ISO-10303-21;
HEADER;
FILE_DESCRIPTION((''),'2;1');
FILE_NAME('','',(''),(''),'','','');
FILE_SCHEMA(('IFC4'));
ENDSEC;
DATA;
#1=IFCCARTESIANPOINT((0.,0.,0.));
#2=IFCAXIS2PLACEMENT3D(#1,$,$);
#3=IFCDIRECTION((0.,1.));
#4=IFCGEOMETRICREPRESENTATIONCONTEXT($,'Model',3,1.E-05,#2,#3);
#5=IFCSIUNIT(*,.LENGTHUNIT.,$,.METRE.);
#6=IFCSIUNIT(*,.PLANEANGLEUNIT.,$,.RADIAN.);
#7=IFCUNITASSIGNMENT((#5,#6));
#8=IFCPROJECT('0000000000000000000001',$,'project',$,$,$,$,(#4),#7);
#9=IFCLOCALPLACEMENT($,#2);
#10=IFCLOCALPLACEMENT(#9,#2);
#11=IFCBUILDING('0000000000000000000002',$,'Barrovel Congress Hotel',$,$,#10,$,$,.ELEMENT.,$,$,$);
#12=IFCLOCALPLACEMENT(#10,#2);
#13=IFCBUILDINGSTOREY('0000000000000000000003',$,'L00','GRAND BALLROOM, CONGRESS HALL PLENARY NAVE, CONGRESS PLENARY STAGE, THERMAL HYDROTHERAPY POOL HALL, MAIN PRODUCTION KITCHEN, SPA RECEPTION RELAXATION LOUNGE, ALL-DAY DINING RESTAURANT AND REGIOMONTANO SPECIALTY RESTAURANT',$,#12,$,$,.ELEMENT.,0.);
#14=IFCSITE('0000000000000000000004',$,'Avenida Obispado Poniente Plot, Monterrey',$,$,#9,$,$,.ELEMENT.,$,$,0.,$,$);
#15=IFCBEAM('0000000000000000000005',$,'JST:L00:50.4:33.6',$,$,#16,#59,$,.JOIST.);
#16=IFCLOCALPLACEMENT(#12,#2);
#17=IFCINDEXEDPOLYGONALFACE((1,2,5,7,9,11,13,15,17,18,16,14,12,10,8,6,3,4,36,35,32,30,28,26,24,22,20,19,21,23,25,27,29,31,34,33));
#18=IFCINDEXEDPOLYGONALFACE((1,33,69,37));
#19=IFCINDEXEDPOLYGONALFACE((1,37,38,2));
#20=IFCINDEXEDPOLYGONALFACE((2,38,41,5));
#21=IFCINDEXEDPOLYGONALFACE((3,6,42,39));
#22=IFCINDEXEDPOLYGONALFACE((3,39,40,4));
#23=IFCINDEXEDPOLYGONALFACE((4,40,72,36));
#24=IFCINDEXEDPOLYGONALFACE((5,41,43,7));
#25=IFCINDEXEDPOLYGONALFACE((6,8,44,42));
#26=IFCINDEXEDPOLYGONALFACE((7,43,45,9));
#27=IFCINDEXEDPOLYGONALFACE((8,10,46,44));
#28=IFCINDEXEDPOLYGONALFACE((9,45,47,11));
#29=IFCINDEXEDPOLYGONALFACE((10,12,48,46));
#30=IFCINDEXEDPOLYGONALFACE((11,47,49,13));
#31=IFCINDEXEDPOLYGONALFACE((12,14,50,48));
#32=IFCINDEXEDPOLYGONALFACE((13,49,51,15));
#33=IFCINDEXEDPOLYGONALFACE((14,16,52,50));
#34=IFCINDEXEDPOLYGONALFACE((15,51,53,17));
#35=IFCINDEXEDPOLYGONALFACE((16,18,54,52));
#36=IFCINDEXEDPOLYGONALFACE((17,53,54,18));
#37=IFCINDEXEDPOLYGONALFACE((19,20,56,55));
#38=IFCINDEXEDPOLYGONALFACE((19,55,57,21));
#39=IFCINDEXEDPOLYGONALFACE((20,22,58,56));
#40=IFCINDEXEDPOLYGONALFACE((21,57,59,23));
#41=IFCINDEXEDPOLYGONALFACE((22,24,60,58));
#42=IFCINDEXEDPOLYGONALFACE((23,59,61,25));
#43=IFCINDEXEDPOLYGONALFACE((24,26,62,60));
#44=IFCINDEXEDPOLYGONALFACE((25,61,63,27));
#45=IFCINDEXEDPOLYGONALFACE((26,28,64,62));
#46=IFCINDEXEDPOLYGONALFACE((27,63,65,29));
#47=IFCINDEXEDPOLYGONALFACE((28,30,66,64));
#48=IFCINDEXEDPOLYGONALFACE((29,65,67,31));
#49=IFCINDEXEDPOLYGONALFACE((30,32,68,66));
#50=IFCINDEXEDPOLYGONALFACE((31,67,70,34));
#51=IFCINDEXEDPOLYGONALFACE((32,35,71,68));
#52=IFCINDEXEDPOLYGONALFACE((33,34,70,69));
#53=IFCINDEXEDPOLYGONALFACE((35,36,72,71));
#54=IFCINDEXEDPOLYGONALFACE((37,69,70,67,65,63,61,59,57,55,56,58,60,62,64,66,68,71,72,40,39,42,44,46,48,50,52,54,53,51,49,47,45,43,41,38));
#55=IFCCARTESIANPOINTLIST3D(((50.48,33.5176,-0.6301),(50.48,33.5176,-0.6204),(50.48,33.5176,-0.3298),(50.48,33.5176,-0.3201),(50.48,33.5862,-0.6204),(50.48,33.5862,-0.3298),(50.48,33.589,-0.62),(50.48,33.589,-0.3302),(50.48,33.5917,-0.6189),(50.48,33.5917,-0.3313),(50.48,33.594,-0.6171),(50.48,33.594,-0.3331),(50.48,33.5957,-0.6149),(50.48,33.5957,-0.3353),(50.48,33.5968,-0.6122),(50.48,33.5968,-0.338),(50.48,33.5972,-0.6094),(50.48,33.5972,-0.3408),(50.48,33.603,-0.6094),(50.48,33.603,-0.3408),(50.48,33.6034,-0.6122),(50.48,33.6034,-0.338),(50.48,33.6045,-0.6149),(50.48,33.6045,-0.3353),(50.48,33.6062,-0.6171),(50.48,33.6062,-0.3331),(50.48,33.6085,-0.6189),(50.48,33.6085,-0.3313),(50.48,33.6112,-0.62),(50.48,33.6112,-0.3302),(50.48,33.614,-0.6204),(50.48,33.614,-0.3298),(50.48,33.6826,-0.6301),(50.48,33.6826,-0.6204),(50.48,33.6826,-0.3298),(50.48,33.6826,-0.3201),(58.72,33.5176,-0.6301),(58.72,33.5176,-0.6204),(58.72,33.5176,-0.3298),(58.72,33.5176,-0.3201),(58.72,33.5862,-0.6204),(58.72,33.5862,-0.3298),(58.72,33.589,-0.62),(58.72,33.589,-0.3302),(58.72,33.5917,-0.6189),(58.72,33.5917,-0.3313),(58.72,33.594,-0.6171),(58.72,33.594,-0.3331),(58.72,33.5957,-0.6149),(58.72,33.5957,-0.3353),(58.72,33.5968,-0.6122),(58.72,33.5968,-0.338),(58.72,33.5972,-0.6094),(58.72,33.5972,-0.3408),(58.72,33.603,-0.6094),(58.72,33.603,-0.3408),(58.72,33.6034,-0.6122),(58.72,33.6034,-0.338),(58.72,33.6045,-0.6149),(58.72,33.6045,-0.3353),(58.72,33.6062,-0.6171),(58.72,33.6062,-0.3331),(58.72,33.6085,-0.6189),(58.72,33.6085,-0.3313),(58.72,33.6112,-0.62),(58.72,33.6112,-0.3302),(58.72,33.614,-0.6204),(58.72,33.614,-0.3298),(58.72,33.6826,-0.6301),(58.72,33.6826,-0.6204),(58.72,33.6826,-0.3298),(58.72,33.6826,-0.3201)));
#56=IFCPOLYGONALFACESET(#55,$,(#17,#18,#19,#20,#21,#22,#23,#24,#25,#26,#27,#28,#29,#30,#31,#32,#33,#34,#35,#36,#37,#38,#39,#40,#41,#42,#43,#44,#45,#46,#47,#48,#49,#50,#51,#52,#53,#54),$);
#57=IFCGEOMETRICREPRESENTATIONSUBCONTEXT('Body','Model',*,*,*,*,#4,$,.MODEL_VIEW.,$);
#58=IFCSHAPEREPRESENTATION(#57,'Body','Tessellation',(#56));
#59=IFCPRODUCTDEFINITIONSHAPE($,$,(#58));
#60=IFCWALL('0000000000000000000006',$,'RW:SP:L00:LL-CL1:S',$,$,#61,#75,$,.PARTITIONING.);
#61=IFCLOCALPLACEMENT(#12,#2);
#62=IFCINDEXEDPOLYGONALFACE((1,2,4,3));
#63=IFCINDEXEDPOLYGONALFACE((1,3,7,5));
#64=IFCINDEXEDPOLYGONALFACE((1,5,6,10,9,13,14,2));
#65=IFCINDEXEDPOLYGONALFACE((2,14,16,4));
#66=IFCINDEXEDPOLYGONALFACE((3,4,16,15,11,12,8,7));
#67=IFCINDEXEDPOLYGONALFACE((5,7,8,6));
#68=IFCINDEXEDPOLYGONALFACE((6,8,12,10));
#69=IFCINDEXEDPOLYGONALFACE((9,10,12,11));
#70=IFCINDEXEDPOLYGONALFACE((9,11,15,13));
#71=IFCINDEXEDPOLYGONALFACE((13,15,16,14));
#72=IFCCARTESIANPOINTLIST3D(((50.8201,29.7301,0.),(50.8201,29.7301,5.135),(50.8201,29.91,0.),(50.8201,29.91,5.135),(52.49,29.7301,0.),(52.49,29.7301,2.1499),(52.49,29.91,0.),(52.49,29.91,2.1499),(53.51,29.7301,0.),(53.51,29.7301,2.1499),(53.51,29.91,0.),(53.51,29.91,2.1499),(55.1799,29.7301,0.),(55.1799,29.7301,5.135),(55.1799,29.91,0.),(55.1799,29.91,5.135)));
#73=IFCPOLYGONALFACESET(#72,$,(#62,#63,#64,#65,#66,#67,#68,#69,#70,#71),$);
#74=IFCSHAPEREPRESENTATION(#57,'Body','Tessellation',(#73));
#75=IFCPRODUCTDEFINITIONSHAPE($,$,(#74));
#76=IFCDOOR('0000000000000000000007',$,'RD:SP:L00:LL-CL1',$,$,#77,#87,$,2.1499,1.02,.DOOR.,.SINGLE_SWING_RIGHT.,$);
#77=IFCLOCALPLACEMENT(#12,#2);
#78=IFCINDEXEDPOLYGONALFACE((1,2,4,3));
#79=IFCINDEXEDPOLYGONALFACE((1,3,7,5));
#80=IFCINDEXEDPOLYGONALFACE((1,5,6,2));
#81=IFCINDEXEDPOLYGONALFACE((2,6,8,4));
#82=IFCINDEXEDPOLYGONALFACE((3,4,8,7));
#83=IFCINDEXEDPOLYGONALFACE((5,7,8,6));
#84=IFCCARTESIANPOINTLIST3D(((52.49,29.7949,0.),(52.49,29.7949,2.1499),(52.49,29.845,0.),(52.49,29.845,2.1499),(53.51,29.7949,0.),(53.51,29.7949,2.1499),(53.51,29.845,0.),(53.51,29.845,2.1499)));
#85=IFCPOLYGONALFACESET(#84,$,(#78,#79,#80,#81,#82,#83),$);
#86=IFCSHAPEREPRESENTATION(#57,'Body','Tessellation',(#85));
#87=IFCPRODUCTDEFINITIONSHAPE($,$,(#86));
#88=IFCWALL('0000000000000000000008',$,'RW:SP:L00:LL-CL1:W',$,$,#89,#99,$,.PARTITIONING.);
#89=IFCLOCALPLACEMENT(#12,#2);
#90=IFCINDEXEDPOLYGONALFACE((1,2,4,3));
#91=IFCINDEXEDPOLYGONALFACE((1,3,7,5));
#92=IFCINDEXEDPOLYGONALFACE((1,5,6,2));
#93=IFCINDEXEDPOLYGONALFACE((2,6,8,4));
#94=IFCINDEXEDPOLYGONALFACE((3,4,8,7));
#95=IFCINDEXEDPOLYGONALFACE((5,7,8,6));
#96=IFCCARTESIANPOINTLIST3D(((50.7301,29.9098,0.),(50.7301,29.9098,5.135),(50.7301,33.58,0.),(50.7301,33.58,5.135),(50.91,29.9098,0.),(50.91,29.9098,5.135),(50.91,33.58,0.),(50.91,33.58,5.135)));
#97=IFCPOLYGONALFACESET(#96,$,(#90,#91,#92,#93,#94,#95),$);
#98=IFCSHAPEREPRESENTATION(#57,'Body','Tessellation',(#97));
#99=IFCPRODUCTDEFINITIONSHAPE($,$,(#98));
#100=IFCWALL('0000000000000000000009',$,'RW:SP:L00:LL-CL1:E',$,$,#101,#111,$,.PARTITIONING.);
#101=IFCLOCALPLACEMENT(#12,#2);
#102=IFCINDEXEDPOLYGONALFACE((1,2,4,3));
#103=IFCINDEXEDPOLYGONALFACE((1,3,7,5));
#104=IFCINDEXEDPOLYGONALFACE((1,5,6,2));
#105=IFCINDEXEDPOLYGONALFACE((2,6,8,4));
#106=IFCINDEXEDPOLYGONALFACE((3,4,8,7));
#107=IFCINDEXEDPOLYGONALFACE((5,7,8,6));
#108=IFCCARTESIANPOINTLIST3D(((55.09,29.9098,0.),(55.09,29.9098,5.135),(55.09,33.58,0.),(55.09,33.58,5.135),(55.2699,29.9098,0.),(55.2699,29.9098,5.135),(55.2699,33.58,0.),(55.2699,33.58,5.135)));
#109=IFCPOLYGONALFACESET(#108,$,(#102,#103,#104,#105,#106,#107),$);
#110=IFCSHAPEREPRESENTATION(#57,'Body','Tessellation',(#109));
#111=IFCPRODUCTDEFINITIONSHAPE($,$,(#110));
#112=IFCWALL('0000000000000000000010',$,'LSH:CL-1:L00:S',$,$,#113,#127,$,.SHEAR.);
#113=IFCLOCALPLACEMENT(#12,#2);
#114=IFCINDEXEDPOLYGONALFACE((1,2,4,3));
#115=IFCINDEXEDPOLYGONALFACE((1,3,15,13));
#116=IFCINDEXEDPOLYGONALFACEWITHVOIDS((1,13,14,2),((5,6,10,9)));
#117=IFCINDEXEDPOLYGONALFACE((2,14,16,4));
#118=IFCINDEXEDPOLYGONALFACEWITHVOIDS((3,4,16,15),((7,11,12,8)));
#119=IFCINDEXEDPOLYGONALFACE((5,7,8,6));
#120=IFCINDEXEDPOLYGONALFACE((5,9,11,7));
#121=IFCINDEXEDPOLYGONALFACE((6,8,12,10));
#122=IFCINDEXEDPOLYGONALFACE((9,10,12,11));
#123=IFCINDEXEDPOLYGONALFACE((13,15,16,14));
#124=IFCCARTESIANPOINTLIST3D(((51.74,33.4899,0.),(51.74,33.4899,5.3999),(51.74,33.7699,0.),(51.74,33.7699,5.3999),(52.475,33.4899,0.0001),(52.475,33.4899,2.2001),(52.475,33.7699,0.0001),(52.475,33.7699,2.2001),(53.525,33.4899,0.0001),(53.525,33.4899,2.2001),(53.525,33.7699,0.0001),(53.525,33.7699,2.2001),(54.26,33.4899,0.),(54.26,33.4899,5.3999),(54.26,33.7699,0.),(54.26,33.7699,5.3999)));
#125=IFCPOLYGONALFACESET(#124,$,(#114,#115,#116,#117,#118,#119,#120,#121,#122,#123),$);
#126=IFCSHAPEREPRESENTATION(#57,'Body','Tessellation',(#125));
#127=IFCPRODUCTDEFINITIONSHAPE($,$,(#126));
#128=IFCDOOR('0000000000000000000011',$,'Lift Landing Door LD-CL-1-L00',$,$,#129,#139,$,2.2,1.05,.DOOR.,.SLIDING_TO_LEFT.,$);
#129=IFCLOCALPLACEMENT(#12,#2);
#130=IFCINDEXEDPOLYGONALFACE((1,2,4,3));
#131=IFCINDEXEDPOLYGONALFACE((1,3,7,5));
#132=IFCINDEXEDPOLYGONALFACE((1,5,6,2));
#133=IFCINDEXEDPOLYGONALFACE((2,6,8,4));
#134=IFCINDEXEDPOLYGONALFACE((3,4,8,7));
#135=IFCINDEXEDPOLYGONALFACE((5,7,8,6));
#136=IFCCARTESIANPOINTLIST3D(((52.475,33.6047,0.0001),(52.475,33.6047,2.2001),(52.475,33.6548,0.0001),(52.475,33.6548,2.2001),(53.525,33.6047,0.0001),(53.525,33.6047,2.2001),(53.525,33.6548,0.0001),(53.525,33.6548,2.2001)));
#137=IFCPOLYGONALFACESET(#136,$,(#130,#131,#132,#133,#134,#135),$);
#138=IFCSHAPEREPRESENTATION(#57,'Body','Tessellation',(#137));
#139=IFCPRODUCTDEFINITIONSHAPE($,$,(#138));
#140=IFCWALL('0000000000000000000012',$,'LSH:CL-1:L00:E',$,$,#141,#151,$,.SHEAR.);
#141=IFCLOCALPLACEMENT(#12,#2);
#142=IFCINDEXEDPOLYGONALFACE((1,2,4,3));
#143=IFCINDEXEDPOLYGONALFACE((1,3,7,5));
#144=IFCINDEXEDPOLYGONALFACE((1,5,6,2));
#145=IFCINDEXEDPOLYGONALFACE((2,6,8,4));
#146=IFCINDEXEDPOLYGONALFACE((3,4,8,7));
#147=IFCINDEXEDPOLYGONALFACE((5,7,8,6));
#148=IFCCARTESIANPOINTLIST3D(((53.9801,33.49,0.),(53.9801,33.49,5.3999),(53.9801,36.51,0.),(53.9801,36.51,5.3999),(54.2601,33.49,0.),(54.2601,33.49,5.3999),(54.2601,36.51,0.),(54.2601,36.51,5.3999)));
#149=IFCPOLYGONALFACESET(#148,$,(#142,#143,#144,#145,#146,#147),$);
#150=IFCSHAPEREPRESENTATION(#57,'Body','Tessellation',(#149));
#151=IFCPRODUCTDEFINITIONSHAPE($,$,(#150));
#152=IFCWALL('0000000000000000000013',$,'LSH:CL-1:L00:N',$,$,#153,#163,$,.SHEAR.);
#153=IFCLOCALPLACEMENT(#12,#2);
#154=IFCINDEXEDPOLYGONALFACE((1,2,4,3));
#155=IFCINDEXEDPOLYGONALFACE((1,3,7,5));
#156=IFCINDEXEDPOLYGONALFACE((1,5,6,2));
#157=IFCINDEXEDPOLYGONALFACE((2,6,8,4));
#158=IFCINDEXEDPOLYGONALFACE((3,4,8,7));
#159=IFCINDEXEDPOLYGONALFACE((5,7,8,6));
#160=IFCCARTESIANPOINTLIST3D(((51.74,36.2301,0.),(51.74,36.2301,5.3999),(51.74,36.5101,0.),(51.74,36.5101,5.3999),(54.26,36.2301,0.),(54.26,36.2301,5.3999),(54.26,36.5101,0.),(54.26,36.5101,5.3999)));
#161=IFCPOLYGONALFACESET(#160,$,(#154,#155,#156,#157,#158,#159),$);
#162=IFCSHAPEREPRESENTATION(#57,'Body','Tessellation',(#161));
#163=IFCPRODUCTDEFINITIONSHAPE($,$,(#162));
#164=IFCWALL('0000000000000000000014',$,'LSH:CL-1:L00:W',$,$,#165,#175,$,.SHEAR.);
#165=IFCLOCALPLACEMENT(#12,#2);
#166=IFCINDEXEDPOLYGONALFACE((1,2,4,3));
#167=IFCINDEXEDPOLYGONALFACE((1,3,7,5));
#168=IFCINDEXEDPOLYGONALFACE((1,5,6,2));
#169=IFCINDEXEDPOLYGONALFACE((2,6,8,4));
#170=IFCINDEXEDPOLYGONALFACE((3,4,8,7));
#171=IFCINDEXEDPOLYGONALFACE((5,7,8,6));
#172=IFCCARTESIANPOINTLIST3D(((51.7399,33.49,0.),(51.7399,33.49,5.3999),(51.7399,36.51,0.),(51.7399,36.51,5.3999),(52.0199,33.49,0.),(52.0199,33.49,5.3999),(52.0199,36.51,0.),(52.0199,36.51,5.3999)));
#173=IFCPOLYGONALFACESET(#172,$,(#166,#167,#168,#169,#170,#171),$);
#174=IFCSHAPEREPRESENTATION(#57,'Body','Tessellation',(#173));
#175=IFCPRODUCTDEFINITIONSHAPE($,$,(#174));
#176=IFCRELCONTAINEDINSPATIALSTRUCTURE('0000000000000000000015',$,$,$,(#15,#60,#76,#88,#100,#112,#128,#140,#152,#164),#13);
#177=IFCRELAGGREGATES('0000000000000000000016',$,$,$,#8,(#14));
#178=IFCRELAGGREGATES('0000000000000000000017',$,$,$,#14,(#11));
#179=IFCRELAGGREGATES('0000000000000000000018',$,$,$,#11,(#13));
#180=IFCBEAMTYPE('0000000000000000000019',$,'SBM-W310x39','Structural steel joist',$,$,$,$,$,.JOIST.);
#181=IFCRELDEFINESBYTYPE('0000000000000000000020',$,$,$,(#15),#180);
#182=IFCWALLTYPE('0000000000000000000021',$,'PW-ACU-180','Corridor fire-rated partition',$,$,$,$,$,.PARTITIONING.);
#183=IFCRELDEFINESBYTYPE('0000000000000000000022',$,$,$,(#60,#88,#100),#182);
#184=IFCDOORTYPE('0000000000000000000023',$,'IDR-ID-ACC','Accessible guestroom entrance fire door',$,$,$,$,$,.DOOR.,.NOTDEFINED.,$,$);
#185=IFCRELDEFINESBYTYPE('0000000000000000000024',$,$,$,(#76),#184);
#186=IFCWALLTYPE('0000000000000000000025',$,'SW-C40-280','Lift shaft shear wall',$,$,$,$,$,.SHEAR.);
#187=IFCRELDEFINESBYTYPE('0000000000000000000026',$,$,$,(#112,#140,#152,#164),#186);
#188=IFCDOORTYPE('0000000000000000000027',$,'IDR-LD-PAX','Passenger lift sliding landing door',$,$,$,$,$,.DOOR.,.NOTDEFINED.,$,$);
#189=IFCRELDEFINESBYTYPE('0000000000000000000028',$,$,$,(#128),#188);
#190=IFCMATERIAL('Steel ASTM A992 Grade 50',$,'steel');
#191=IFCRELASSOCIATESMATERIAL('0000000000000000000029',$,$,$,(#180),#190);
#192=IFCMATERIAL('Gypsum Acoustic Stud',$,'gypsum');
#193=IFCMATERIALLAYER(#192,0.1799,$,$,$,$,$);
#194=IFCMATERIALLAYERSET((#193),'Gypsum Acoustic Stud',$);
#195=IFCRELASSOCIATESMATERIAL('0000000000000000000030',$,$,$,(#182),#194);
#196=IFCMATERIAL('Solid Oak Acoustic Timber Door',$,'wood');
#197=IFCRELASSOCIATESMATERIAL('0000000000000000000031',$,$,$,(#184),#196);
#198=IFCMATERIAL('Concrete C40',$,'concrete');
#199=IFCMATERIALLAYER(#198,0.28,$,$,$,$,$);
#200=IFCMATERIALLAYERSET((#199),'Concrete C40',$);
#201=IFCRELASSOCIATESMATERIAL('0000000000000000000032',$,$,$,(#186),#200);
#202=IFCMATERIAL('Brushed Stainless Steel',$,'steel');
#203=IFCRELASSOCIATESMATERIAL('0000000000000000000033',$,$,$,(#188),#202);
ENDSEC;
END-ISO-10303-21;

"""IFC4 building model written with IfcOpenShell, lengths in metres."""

from ifc_helpers import new_model, si_unit, direction, frame, frame_2d, origin, origin_2d, place, context, subcontext, project, spatial, rectangle, i_section, extrude, material, layer, layer_set, material_profile, profile_set, type_object, element, fill, save


model = new_model("IFC4")

# Units and contexts
model_context = context("Model", 3, precision=1e-05, world=origin(), true_north=direction((0.0, 1.0)))
body_context = subcontext(model_context, "Body", "Model", "MODEL_VIEW")
ifc_project = project(units=[si_unit("LENGTHUNIT", "METRE"), si_unit("PLANEANGLEUNIT", "RADIAN")], contexts=[model_context])

# Site, building, storey
site_placement = place(None, origin())
site = spatial("IfcSite", under=ifc_project, at=site_placement, Name="Avenida Obispado Poniente Plot, Monterrey", CompositionType="ELEMENT", RefElevation=0.0)
building_placement = place(site_placement, origin())
building = spatial("IfcBuilding", under=site, at=building_placement, Name="Barrovel Congress Hotel", CompositionType="ELEMENT")
storey_placement = place(building_placement, origin())
storey = spatial("IfcBuildingStorey", under=building, at=storey_placement, Name="L00", Description="GRAND BALLROOM, CONGRESS HALL PLENARY NAVE, CONGRESS PLENARY STAGE, THERMAL HYDROTHERAPY POOL HALL, MAIN PRODUCTION KITCHEN, SPA RECEPTION RELAXATION LOUNGE, ALL-DAY DINING RESTAURANT AND REGIOMONTANO SPECIALTY RESTAURANT", CompositionType="ELEMENT", Elevation=0.0)

# Shared definitions
ifc_material_1 = material(Name="Concrete C40", Category="concrete")

# Beam
ifc_material_2 = material(Name="Steel ASTM A992 Grade 50", Category="steel")
ifc_material_profile_1 = material_profile(ifc_material_2, i_section(OverallWidth=0.165, OverallDepth=0.3101, WebThickness=0.0059, FlangeThickness=0.0098, FilletRadius=0.011, at=origin_2d()), Name="W310x39")
ifc_profile_set_1 = profile_set([ifc_material_profile_1], Name="Steel ASTM A992 Grade 50")
beam_type_1 = type_object("IfcBeamType", Name="SBM-W310x39", Description="Structural steel joist", PredefinedType="JOIST", material=ifc_profile_set_1)
beam_1_placement = place(storey_placement, frame((50.48, 33.6001, -0.4751), z_axis=(1.0, 0.0, 0.0), x_axis=(0.0, 1.0, 0.0)))
element("IfcBeam", 1, at=beam_1_placement, inside=storey, type_object=beam_type_1, Name="JST:L00:50.4:33.6", PredefinedType="JOIST", context=body_context, shape_type="SweptSolid", body=[
    extrude(i_section(OverallWidth=0.165, OverallDepth=0.3101, WebThickness=0.0059, FlangeThickness=0.0098, FilletRadius=0.011, at=origin_2d()), origin(), (0.0, 0.0, 1.0), 8.24),
])

# Wall, opening, door
ifc_material_3 = material(Name="Gypsum Acoustic Stud", Category="gypsum")
ifc_layer_1 = layer(ifc_material_3, 0.1799)
ifc_layer_set_1 = layer_set([ifc_layer_1], Name="Gypsum Acoustic Stud")
wall_type_1 = type_object("IfcWallType", Name="PW-ACU-180", Description="Corridor fire-rated partition", PredefinedType="PARTITIONING", material=ifc_layer_set_1)
wall_1_placement = place(storey_placement, frame((50.8201, 29.8201, 0.0), z_axis=(0.0, 0.0, 1.0), x_axis=(1.0, 0.0, 0.0)))
wall_1 = element("IfcWall", 2, at=wall_1_placement, inside=storey, type_object=wall_type_1, Name="RW:SP:L00:LL-CL1:S", PredefinedType="PARTITIONING", context=body_context, shape_type="SweptSolid", body=[
    extrude(rectangle(XDim=4.3599, YDim=0.1799, at=frame_2d((2.1799, 0.0))), origin(), (0.0, 0.0, 1.0), 5.135),
])
opening_1_placement = place(wall_1_placement, frame((1.6699, 0.0, 0.0)))
opening_1 = element("IfcOpeningElement", 3, at=opening_1_placement, cuts=wall_1, PredefinedType="OPENING", context=body_context, shape_type="SweptSolid", body=[
    extrude(rectangle(XDim=1.02, YDim=2.1499, at=frame_2d((0.51, 1.075))), frame((0.0, 0.1001, 0.0), z_axis=(0.0, -1.0, 0.0), x_axis=(1.0, 0.0, 0.0)), (0.0, 0.0, 1.0), 0.2),
])
ifc_material_4 = material(Name="Solid Oak Acoustic Timber Door", Category="wood")
door_type_1 = type_object("IfcDoorType", Name="IDR-ID-ACC", Description="Accessible guestroom entrance fire door", OperationType="NOTDEFINED", PredefinedType="DOOR", material=ifc_material_4)
door_1_placement = place(opening_1_placement, origin())
door_1 = element("IfcDoor", 4, at=door_1_placement, inside=storey, type_object=door_type_1, Name="RD:SP:L00:LL-CL1", OperationType="SINGLE_SWING_RIGHT", OverallHeight=2.1499, OverallWidth=1.02, PredefinedType="DOOR", context=body_context, shape_type="SweptSolid", body=[
    extrude(rectangle(XDim=1.02, YDim=2.1499, at=frame_2d((0.51, 1.075))), frame((0.0, 0.0249, 0.0), z_axis=(0.0, -1.0, 0.0), x_axis=(1.0, 0.0, 0.0)), (0.0, 0.0, 1.0), 0.05),
])
fill(opening_1, door_1)

# Walls
for number, where, z_axis, x_axis, name in (
    (5, (50.8201, 29.9099, 0.0), (0.0, 0.0, 1.0), (0.0, 1.0, 0.0), "RW:SP:L00:LL-CL1:W"),
    (6, (55.1799, 29.9099, 0.0), (0.0, 0.0, 1.0), (0.0, 1.0, 0.0), "RW:SP:L00:LL-CL1:E"),
):
    element("IfcWall", number, at=place(storey_placement, frame(where, z_axis=z_axis, x_axis=x_axis)), inside=storey, type_object=wall_type_1, Name=name, PredefinedType="PARTITIONING", context=body_context, shape_type="SweptSolid", body=[
        extrude(rectangle(XDim=3.6702, YDim=0.1799, at=frame_2d((1.835, 0.0))), origin(), (0.0, 0.0, 1.0), 5.135),
    ])

# Wall, opening, door
ifc_layer_2 = layer(ifc_material_1, 0.28)
ifc_layer_set_2 = layer_set([ifc_layer_2], Name="Concrete C40")
wall_type_2 = type_object("IfcWallType", Name="SW-C40-280", Description="Lift shaft shear wall", PredefinedType="SHEAR", material=ifc_layer_set_2)
wall_2_placement = place(storey_placement, frame((51.74, 33.6299, 0.0), z_axis=(0.0, 0.0, 1.0), x_axis=(1.0, 0.0, 0.0)))
wall_2 = element("IfcWall", 7, at=wall_2_placement, inside=storey, type_object=wall_type_2, Name="LSH:CL-1:L00:S", PredefinedType="SHEAR", context=body_context, shape_type="SweptSolid", body=[
    extrude(rectangle(XDim=2.52, YDim=0.28, at=frame_2d((1.26, 0.0))), origin(), (0.0, 0.0, 1.0), 5.3999),
])
opening_2_placement = place(wall_2_placement, frame((0.7351, 0.0, 0.0)))
opening_2 = element("IfcOpeningElement", 8, at=opening_2_placement, cuts=wall_2, PredefinedType="OPENING", context=body_context, shape_type="SweptSolid", body=[
    extrude(rectangle(XDim=1.05, YDim=2.2, at=frame_2d((0.5249, 1.1001))), frame((0.0, 0.1499, 0.0), z_axis=(0.0, -1.0, 0.0), x_axis=(1.0, 0.0, 0.0)), (0.0, 0.0, 1.0), 0.3),
])
ifc_material_5 = material(Name="Brushed Stainless Steel", Category="steel")
door_type_2 = type_object("IfcDoorType", Name="IDR-LD-PAX", Description="Passenger lift sliding landing door", OperationType="NOTDEFINED", PredefinedType="DOOR", material=ifc_material_5)
door_2_placement = place(opening_2_placement, origin())
door_2 = element("IfcDoor", 9, at=door_2_placement, inside=storey, type_object=door_type_2, Name="Lift Landing Door LD-CL-1-L00", OperationType="SLIDING_TO_LEFT", OverallHeight=2.2, OverallWidth=1.05, PredefinedType="DOOR", context=body_context, shape_type="SweptSolid", body=[
    extrude(rectangle(XDim=1.05, YDim=2.2, at=frame_2d((0.5249, 1.1001))), frame((0.0, 0.0249, 0.0), z_axis=(0.0, -1.0, 0.0), x_axis=(1.0, 0.0, 0.0)), (0.0, 0.0, 1.0), 0.05),
])
fill(opening_2, door_2)

# Walls
wall_3_placement = place(storey_placement, frame((54.1201, 33.49, 0.0), z_axis=(0.0, 0.0, 1.0), x_axis=(0.0, 1.0, 0.0)))
element("IfcWall", 10, at=wall_3_placement, inside=storey, type_object=wall_type_2, Name="LSH:CL-1:L00:E", PredefinedType="SHEAR", context=body_context, shape_type="SweptSolid", body=[
    extrude(rectangle(XDim=3.02, YDim=0.28, at=frame_2d((1.51, 0.0))), origin(), (0.0, 0.0, 1.0), 5.3999),
])
wall_4_placement = place(storey_placement, frame((54.26, 36.3701, 0.0), z_axis=(0.0, 0.0, 1.0), x_axis=(-1.0, 0.0, 0.0)))
element("IfcWall", 11, at=wall_4_placement, inside=storey, type_object=wall_type_2, Name="LSH:CL-1:L00:N", PredefinedType="SHEAR", context=body_context, shape_type="SweptSolid", body=[
    extrude(rectangle(XDim=2.52, YDim=0.28, at=frame_2d((1.26, 0.0))), origin(), (0.0, 0.0, 1.0), 5.3999),
])
wall_5_placement = place(storey_placement, frame((51.8799, 36.51, 0.0), z_axis=(0.0, 0.0, 1.0), x_axis=(0.0, -1.0, 0.0)))
element("IfcWall", 12, at=wall_5_placement, inside=storey, type_object=wall_type_2, Name="LSH:CL-1:L00:W", PredefinedType="SHEAR", context=body_context, shape_type="SweptSolid", body=[
    extrude(rectangle(XDim=3.02, YDim=0.28, at=frame_2d((1.51, 0.0))), origin(), (0.0, 0.0, 1.0), 5.3999),
])

save(model, "model.ifc")
